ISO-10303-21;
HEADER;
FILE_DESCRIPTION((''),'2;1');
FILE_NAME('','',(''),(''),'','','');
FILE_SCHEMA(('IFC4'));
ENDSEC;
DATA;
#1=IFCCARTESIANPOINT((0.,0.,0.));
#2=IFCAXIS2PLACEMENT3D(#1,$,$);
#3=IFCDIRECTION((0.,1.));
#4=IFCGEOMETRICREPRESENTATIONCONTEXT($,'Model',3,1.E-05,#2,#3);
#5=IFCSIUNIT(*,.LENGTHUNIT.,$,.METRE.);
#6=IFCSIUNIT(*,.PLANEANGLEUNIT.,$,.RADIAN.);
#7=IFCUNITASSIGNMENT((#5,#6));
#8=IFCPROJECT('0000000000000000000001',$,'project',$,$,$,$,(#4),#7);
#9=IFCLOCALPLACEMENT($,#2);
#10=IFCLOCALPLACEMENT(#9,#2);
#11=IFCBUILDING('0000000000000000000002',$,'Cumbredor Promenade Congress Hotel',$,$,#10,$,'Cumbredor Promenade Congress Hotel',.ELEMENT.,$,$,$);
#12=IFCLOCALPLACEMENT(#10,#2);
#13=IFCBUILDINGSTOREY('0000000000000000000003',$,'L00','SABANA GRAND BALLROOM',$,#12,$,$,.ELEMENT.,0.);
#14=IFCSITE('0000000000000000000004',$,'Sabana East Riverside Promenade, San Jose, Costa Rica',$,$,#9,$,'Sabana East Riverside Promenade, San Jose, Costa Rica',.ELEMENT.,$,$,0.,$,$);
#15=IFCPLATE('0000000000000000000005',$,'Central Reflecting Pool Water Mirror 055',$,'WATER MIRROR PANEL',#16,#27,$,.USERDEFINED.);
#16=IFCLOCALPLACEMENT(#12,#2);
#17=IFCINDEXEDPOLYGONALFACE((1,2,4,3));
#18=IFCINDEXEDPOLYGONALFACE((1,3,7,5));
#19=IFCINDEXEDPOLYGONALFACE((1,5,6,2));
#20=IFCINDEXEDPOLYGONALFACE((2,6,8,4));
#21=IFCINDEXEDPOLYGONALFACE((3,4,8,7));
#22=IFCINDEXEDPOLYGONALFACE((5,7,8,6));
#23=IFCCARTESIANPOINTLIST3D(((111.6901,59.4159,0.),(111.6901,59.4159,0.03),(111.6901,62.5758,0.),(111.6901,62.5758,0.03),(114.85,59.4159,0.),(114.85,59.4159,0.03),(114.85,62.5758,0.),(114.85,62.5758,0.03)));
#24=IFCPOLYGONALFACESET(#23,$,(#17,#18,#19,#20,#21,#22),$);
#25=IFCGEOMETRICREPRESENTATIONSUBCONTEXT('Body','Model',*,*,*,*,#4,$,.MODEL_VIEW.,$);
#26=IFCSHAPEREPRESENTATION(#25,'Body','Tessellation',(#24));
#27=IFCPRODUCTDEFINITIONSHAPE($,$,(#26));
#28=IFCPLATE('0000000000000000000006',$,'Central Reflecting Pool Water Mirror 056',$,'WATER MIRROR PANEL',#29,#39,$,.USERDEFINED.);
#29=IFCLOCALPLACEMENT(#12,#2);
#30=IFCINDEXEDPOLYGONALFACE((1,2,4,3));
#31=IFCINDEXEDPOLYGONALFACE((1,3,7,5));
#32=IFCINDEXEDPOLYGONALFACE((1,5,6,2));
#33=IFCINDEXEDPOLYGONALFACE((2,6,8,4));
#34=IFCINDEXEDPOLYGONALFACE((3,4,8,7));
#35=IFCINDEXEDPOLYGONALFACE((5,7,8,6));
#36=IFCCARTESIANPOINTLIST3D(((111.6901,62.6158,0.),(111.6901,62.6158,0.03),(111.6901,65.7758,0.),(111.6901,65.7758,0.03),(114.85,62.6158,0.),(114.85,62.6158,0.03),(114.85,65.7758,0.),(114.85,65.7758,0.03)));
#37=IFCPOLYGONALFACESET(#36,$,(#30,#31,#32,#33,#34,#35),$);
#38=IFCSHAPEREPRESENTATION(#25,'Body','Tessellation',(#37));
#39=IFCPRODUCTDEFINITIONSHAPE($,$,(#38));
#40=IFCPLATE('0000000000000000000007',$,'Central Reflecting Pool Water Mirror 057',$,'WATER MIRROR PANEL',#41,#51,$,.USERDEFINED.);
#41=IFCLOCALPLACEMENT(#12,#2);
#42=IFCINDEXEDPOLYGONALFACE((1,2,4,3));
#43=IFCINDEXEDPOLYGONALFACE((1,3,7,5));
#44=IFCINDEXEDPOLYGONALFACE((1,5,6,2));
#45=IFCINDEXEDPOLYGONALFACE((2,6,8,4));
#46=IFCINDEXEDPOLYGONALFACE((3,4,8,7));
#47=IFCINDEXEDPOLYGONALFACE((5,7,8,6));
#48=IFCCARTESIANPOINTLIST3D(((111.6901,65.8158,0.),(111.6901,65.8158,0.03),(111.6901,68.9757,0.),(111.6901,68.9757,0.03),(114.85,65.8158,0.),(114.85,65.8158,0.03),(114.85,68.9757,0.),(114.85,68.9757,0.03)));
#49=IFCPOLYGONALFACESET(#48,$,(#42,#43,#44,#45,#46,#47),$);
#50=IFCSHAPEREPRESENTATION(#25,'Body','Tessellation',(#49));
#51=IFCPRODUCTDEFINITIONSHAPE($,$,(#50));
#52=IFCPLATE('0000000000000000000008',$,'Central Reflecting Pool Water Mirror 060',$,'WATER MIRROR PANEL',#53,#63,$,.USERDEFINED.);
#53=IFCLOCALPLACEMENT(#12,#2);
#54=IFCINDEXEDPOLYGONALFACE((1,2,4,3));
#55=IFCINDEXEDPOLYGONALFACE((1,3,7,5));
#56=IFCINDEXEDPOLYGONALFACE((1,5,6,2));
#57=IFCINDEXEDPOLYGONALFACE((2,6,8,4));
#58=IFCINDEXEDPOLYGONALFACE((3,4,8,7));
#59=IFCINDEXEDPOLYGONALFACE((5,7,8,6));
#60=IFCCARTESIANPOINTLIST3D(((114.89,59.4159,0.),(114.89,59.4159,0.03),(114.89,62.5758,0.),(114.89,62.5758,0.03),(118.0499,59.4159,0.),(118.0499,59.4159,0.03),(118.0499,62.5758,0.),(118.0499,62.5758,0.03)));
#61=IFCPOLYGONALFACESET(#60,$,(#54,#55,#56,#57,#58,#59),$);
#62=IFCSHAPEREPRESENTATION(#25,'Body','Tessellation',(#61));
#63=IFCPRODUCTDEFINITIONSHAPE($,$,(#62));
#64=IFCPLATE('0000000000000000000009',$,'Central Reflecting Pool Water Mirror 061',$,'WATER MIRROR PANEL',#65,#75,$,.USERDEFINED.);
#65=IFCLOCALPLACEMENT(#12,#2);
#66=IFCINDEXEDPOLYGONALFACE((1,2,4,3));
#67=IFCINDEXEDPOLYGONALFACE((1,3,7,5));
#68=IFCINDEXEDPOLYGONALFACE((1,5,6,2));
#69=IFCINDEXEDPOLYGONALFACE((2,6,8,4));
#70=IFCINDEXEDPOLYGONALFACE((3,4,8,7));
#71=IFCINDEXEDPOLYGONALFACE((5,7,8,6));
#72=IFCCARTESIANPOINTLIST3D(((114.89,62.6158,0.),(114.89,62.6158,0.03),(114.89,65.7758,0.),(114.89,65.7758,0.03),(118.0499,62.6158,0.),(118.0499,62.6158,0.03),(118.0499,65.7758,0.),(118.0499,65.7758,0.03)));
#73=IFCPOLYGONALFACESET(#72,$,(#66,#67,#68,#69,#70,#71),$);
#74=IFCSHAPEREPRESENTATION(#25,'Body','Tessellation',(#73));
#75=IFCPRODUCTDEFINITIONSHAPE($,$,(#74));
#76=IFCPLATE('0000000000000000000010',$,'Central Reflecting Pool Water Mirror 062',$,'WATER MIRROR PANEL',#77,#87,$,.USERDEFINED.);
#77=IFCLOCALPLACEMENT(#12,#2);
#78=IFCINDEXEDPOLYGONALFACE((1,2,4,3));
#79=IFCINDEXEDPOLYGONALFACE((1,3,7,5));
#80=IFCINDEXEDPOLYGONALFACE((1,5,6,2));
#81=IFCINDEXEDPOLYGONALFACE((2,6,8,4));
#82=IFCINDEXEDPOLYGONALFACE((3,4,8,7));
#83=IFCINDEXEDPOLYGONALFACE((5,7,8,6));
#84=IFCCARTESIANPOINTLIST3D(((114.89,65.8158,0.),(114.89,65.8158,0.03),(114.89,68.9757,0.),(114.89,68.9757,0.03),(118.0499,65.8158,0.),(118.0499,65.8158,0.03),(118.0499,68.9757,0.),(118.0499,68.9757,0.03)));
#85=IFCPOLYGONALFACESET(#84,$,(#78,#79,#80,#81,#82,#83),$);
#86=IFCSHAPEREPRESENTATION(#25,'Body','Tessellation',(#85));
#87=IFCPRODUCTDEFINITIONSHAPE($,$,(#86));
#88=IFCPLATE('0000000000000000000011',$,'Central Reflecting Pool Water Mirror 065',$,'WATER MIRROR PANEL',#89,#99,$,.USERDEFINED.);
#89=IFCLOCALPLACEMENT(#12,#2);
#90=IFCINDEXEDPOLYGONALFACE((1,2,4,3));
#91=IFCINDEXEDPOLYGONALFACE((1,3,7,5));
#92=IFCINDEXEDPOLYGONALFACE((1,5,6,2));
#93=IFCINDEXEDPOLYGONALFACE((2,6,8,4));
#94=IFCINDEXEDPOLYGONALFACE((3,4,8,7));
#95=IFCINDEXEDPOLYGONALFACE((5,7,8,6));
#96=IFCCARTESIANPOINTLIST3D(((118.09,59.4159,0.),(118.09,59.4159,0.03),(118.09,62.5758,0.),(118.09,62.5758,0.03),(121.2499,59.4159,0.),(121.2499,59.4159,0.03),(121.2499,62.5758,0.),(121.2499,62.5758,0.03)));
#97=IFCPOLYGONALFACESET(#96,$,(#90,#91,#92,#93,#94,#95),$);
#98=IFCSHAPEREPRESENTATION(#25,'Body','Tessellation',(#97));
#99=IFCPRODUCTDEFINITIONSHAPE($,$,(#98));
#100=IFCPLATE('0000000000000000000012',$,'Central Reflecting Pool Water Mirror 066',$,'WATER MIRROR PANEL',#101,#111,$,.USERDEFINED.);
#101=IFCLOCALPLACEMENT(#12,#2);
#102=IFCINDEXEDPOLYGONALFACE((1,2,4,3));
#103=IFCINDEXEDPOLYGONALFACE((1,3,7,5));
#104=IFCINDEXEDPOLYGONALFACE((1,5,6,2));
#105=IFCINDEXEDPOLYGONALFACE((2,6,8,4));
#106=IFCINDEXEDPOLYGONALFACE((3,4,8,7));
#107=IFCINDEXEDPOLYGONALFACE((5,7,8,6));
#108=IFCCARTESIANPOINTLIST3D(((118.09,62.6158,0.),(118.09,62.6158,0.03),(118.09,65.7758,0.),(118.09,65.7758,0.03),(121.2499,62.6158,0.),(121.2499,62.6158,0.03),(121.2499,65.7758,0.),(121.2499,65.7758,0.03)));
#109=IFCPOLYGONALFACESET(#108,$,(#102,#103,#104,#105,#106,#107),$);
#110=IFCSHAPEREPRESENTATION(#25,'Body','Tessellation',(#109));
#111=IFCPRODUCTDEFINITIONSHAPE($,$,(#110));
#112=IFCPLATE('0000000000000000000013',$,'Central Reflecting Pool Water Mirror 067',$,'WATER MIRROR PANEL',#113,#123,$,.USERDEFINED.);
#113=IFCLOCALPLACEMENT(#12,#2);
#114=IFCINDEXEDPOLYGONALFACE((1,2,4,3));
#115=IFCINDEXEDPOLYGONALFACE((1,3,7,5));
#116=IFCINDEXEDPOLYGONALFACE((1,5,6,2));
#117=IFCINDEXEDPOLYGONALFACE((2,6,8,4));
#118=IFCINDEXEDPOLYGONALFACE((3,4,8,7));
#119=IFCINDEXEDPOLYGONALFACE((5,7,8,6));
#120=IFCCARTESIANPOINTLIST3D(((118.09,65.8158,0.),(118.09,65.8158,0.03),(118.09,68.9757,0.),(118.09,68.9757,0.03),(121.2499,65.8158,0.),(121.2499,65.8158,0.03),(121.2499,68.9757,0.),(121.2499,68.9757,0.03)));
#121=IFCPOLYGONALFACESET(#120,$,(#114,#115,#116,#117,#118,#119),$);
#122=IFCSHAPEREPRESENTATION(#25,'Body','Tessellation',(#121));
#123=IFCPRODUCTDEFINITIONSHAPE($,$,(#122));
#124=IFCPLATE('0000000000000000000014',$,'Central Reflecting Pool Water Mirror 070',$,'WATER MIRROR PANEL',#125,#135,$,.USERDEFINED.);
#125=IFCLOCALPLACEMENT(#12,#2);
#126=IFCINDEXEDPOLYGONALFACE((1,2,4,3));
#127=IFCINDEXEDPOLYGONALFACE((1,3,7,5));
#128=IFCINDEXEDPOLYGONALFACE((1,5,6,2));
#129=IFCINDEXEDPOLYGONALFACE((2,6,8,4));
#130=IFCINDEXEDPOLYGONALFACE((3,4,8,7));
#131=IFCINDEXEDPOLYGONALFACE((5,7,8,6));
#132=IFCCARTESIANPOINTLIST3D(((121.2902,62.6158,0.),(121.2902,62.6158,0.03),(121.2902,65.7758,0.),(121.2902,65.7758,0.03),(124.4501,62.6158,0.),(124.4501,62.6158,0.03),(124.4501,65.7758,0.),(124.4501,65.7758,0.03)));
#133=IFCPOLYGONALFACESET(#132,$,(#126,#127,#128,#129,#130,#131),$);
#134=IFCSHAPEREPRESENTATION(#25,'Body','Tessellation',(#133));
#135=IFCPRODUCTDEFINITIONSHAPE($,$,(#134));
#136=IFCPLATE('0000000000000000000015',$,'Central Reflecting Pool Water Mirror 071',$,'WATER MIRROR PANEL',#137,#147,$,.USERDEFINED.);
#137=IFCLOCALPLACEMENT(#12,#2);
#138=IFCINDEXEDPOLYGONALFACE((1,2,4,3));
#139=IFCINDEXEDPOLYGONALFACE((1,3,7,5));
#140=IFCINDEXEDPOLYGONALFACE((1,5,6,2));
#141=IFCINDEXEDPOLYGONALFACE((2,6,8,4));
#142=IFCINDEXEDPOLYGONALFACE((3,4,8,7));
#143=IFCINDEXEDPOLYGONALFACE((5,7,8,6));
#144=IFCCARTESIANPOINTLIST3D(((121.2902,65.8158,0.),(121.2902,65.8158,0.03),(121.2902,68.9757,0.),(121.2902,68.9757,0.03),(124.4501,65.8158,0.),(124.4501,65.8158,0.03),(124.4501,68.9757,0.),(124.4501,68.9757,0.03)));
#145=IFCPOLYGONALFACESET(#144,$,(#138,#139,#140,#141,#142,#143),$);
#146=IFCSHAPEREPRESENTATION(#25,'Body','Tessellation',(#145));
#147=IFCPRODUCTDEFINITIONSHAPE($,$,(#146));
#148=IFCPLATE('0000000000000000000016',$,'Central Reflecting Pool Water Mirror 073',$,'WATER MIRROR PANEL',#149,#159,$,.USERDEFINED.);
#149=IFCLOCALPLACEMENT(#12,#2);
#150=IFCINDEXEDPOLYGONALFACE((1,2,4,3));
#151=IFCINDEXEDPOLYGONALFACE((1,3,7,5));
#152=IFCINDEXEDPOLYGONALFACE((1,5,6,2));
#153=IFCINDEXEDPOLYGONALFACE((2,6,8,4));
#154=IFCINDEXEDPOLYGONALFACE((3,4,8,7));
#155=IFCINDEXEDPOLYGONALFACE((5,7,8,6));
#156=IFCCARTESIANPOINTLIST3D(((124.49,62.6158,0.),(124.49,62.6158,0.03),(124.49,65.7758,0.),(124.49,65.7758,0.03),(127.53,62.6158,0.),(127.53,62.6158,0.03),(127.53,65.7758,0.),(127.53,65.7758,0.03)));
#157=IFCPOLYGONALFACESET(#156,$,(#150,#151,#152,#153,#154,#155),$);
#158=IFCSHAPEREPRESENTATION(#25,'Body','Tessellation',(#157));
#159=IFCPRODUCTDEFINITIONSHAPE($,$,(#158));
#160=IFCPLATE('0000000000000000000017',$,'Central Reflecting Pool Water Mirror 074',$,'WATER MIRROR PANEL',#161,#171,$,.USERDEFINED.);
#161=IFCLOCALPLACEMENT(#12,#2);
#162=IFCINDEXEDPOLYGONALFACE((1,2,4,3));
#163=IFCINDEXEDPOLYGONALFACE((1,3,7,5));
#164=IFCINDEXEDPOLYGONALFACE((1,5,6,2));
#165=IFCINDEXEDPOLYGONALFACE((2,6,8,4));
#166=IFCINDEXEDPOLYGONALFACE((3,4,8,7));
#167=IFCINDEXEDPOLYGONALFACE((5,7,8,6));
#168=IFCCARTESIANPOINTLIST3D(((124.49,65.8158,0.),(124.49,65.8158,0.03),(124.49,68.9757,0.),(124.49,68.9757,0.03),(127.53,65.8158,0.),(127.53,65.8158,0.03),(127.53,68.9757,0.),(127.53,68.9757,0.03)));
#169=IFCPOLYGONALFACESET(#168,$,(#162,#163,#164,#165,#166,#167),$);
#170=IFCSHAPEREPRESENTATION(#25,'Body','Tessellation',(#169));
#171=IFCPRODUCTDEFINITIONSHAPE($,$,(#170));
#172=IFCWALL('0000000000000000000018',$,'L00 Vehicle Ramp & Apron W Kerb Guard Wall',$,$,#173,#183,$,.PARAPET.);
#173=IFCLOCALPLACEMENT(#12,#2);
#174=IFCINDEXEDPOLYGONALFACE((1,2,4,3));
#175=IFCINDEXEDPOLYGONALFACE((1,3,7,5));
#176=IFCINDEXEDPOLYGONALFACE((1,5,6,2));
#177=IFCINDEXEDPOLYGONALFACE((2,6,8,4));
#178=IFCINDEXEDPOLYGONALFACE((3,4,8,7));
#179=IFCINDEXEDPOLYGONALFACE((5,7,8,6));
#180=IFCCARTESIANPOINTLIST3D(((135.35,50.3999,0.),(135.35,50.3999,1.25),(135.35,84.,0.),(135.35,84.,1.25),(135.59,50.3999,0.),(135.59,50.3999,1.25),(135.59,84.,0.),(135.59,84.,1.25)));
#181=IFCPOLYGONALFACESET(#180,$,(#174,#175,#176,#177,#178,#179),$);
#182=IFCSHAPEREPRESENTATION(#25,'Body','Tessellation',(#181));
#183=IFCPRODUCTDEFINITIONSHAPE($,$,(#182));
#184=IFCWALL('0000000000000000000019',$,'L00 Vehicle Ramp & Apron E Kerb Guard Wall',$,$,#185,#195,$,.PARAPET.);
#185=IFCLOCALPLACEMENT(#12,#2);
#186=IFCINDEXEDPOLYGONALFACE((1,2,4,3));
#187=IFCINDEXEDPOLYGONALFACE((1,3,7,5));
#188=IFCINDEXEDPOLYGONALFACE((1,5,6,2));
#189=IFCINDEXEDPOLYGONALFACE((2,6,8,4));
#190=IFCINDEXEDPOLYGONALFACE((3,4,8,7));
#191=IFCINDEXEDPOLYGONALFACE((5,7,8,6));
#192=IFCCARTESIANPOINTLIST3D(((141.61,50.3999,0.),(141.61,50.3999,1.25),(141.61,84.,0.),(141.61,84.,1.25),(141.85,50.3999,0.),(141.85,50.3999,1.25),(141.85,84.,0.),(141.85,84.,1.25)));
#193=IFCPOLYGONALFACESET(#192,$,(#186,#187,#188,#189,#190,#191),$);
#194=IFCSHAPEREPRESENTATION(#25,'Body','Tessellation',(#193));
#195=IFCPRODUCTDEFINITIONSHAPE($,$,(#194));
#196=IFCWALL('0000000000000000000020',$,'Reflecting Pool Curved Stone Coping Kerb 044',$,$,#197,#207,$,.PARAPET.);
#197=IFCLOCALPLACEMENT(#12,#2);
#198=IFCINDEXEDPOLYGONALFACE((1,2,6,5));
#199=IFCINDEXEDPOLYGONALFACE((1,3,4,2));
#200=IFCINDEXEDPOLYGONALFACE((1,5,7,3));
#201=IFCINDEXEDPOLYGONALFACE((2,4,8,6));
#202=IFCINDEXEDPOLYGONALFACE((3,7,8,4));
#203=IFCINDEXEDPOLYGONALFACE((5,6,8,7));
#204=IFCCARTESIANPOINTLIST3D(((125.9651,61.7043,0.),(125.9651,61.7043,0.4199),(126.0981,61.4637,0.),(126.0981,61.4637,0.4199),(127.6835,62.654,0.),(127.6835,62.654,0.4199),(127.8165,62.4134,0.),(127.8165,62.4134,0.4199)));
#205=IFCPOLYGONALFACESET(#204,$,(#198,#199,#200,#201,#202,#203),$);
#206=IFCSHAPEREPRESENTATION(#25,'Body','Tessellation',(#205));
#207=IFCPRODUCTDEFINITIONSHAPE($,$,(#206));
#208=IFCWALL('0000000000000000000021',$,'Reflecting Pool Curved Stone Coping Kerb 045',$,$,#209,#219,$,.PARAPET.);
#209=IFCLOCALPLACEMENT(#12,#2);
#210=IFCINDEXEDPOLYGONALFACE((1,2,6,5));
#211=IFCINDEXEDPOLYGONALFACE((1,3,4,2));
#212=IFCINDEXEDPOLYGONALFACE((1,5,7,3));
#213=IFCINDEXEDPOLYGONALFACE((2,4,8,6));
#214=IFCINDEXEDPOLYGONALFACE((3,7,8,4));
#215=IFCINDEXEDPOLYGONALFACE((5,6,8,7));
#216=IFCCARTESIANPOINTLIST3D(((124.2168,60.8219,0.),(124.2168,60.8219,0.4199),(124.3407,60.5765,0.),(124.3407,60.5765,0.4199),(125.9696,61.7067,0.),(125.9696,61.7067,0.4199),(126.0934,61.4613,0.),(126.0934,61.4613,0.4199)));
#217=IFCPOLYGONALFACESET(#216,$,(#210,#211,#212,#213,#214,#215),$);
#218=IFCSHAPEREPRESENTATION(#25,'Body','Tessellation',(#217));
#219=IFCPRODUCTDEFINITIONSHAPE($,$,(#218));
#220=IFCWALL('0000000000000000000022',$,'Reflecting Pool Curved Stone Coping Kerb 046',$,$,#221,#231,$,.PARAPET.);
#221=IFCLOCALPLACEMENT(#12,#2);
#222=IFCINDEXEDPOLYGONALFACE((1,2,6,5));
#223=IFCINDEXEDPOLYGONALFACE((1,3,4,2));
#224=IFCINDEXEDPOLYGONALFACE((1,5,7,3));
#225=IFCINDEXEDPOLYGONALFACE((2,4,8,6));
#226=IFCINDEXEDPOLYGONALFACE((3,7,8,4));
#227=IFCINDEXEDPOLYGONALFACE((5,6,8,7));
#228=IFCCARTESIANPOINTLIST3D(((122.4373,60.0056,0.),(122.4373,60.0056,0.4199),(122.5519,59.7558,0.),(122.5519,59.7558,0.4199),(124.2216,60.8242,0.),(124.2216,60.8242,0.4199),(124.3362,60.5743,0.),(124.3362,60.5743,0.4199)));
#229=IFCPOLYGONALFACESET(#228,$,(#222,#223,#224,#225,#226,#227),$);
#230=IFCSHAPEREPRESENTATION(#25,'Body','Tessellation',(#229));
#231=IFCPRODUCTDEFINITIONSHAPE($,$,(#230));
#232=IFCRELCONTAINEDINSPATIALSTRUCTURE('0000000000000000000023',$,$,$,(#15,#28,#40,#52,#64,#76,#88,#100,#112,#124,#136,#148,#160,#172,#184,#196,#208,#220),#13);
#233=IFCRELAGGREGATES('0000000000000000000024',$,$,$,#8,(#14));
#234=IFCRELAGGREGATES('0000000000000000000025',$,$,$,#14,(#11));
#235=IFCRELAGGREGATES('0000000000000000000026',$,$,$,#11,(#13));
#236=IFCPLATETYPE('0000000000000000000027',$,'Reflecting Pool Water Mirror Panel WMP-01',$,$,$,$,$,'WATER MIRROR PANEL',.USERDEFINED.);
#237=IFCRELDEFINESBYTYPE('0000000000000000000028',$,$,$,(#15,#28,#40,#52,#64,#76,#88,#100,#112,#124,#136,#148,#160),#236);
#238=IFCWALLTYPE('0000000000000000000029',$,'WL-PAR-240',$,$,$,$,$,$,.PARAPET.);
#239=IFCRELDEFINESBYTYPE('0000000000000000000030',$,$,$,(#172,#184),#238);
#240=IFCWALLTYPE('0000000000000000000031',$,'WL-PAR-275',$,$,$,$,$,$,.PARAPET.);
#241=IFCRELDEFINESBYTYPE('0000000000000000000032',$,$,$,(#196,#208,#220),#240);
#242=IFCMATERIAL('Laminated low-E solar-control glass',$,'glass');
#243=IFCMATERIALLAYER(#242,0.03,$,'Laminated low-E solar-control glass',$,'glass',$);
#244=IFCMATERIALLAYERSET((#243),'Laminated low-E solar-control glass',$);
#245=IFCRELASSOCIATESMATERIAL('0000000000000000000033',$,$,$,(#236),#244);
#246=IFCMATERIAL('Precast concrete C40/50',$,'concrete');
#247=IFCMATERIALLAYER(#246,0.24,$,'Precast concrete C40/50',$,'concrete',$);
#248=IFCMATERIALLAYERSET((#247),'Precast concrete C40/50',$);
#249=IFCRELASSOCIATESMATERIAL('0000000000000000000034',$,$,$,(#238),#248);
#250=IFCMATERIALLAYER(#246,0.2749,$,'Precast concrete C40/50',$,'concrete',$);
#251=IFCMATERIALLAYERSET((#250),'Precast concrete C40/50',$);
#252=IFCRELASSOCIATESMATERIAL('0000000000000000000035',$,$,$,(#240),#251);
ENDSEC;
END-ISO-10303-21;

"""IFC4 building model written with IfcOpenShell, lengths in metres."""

from ifc_helpers import new_model, si_unit, direction, frame, frame_2d, origin, origin_2d, place, context, subcontext, project, spatial, rectangle, extrude, material, layer, layer_set, type_object, element, save


model = new_model("IFC4")

# Units and contexts
model_context = context("Model", 3, precision=1e-05, world=origin(), true_north=direction((0.0, 1.0)))
body_context = subcontext(model_context, "Body", "Model", "MODEL_VIEW")
ifc_project = project(units=[si_unit("LENGTHUNIT", "METRE"), si_unit("PLANEANGLEUNIT", "RADIAN")], contexts=[model_context])

# Site, building, storey
site_placement = place(None, origin())
site = spatial("IfcSite", under=ifc_project, at=site_placement, Name="Sabana East Riverside Promenade, San Jose, Costa Rica", LongName="Sabana East Riverside Promenade, San Jose, Costa Rica", CompositionType="ELEMENT", RefElevation=0.0)
building_placement = place(site_placement, origin())
building = spatial("IfcBuilding", under=site, at=building_placement, Name="Cumbredor Promenade Congress Hotel", LongName="Cumbredor Promenade Congress Hotel", CompositionType="ELEMENT")
storey_placement = place(building_placement, origin())
storey = spatial("IfcBuildingStorey", under=building, at=storey_placement, Name="L00", Description="SABANA GRAND BALLROOM", CompositionType="ELEMENT", Elevation=0.0)

# Plates
ifc_material_1 = material(Name="Laminated low-E solar-control glass", Category="glass")
ifc_layer_1 = layer(ifc_material_1, 0.03, Name="Laminated low-E solar-control glass", Category="glass")
ifc_layer_set_1 = layer_set([ifc_layer_1], Name="Laminated low-E solar-control glass")
plate_type = type_object("IfcPlateType", Name="Reflecting Pool Water Mirror Panel WMP-01", ElementType="WATER MIRROR PANEL", PredefinedType="USERDEFINED", material=ifc_layer_set_1)
for number, where, z_axis, x_axis, name in (
    (1, (113.27, 60.9958, 0.0), (0.0, 0.0, 1.0), (1.0, 0.0, 0.0), "Central Reflecting Pool Water Mirror 055"),
    (2, (113.27, 64.1958, 0.0), (0.0, 0.0, 1.0), (1.0, 0.0, 0.0), "Central Reflecting Pool Water Mirror 056"),
    (3, (113.27, 67.3958, 0.0), (0.0, 0.0, 1.0), (1.0, 0.0, 0.0), "Central Reflecting Pool Water Mirror 057"),
    (4, (116.47, 60.9958, 0.0), (0.0, 0.0, 1.0), (1.0, 0.0, 0.0), "Central Reflecting Pool Water Mirror 060"),
    (5, (116.47, 64.1958, 0.0), (0.0, 0.0, 1.0), (1.0, 0.0, 0.0), "Central Reflecting Pool Water Mirror 061"),
    (6, (116.47, 67.3958, 0.0), (0.0, 0.0, 1.0), (1.0, 0.0, 0.0), "Central Reflecting Pool Water Mirror 062"),
    (7, (119.6699, 60.9958, 0.0), (0.0, 0.0, 1.0), (1.0, 0.0, 0.0), "Central Reflecting Pool Water Mirror 065"),
    (8, (119.6699, 64.1958, 0.0), (0.0, 0.0, 1.0), (1.0, 0.0, 0.0), "Central Reflecting Pool Water Mirror 066"),
    (9, (119.6699, 67.3958, 0.0), (0.0, 0.0, 1.0), (1.0, 0.0, 0.0), "Central Reflecting Pool Water Mirror 067"),
    (10, (122.8701, 64.1958, 0.0), (0.0, 0.0, 1.0), (1.0, 0.0, 0.0), "Central Reflecting Pool Water Mirror 070"),
    (11, (122.8701, 67.3958, 0.0), (0.0, 0.0, 1.0), (1.0, 0.0, 0.0), "Central Reflecting Pool Water Mirror 071"),
):
    element("IfcPlate", number, at=place(storey_placement, frame(where, z_axis=z_axis, x_axis=x_axis)), inside=storey, type_object=plate_type, Name=name, ObjectType="WATER MIRROR PANEL", PredefinedType="USERDEFINED", context=body_context, shape_type="SweptSolid", body=[
        extrude(rectangle(XDim=3.1599, YDim=3.1599, at=origin_2d()), origin(), (0.0, 0.0, 1.0), 0.03),
    ])
for number, where, z_axis, x_axis, name in (
    (12, (126.01, 64.1958, 0.0), (0.0, 0.0, 1.0), (1.0, 0.0, 0.0), "Central Reflecting Pool Water Mirror 073"),
    (13, (126.01, 67.3958, 0.0), (0.0, 0.0, 1.0), (1.0, 0.0, 0.0), "Central Reflecting Pool Water Mirror 074"),
):
    element("IfcPlate", number, at=place(storey_placement, frame(where, z_axis=z_axis, x_axis=x_axis)), inside=storey, type_object=plate_type, Name=name, ObjectType="WATER MIRROR PANEL", PredefinedType="USERDEFINED", context=body_context, shape_type="SweptSolid", body=[
        extrude(rectangle(XDim=3.04, YDim=3.1599, at=origin_2d()), origin(), (0.0, 0.0, 1.0), 0.03),
    ])

# Walls
ifc_material_2 = material(Name="Precast concrete C40/50", Category="concrete")
ifc_layer_2 = layer(ifc_material_2, 0.24, Name="Precast concrete C40/50", Category="concrete")
ifc_layer_set_2 = layer_set([ifc_layer_2], Name="Precast concrete C40/50")
wall_type_1 = type_object("IfcWallType", Name="WL-PAR-240", PredefinedType="PARAPET", material=ifc_layer_set_2)
for number, where, z_axis, x_axis, name in (
    (14, (135.47, 50.3999, 0.0), (0.0, 0.0, 1.0), (0.0, 1.0, 0.0), "L00 Vehicle Ramp & Apron W Kerb Guard Wall"),
    (15, (141.73, 50.3999, 0.0), (0.0, 0.0, 1.0), (0.0, 1.0, 0.0), "L00 Vehicle Ramp & Apron E Kerb Guard Wall"),
):
    element("IfcWall", number, at=place(storey_placement, frame(where, z_axis=z_axis, x_axis=x_axis)), inside=storey, type_object=wall_type_1, Name=name, PredefinedType="PARAPET", context=body_context, shape_type="SweptSolid", body=[
        extrude(rectangle(XDim=33.6001, YDim=0.24, at=frame_2d((16.8, 0.0))), origin(), (0.0, 0.0, 1.0), 1.25),
    ])
ifc_layer_3 = layer(ifc_material_2, 0.2749, Name="Precast concrete C40/50", Category="concrete")
ifc_layer_set_3 = layer_set([ifc_layer_3], Name="Precast concrete C40/50")
wall_type_2 = type_object("IfcWallType", Name="WL-PAR-275", PredefinedType="PARAPET", material=ifc_layer_set_3)
for number, where, z_axis, x_axis, name in (
    (16, (127.75, 62.5337, 0.0), (0.0, 0.0, 1.0), (-0.87524, -0.483689, 0.0), "Reflecting Pool Curved Stone Coping Kerb 044"),
    (17, (126.0315, 61.584, 0.0), (0.0, 0.0, 1.0), (-0.892705, -0.450642, 0.0), "Reflecting Pool Curved Stone Coping Kerb 045"),
):
    element("IfcWall", number, at=place(storey_placement, frame(where, z_axis=z_axis, x_axis=x_axis)), inside=storey, type_object=wall_type_2, Name=name, PredefinedType="PARAPET", context=body_context, shape_type="SweptSolid", body=[
        extrude(rectangle(XDim=1.9634, YDim=0.2749, at=frame_2d((0.9817, 0.0))), origin(), (0.0, 0.0, 1.0), 0.4199),
    ])
wall_1_placement = place(storey_placement, frame((124.2788, 60.6992, 0.0), z_axis=(0.0, 0.0, 1.0), x_axis=(-0.908922, -0.416967, 0.0)))
element("IfcWall", 18, at=wall_1_placement, inside=storey, type_object=wall_type_2, Name="Reflecting Pool Curved Stone Coping Kerb 046", PredefinedType="PARAPET", context=body_context, shape_type="SweptSolid", body=[
    extrude(rectangle(XDim=1.9631, YDim=0.2749, at=frame_2d((0.9814, 0.0))), origin(), (0.0, 0.0, 1.0), 0.4199),
])

save(model, "model.ifc")
